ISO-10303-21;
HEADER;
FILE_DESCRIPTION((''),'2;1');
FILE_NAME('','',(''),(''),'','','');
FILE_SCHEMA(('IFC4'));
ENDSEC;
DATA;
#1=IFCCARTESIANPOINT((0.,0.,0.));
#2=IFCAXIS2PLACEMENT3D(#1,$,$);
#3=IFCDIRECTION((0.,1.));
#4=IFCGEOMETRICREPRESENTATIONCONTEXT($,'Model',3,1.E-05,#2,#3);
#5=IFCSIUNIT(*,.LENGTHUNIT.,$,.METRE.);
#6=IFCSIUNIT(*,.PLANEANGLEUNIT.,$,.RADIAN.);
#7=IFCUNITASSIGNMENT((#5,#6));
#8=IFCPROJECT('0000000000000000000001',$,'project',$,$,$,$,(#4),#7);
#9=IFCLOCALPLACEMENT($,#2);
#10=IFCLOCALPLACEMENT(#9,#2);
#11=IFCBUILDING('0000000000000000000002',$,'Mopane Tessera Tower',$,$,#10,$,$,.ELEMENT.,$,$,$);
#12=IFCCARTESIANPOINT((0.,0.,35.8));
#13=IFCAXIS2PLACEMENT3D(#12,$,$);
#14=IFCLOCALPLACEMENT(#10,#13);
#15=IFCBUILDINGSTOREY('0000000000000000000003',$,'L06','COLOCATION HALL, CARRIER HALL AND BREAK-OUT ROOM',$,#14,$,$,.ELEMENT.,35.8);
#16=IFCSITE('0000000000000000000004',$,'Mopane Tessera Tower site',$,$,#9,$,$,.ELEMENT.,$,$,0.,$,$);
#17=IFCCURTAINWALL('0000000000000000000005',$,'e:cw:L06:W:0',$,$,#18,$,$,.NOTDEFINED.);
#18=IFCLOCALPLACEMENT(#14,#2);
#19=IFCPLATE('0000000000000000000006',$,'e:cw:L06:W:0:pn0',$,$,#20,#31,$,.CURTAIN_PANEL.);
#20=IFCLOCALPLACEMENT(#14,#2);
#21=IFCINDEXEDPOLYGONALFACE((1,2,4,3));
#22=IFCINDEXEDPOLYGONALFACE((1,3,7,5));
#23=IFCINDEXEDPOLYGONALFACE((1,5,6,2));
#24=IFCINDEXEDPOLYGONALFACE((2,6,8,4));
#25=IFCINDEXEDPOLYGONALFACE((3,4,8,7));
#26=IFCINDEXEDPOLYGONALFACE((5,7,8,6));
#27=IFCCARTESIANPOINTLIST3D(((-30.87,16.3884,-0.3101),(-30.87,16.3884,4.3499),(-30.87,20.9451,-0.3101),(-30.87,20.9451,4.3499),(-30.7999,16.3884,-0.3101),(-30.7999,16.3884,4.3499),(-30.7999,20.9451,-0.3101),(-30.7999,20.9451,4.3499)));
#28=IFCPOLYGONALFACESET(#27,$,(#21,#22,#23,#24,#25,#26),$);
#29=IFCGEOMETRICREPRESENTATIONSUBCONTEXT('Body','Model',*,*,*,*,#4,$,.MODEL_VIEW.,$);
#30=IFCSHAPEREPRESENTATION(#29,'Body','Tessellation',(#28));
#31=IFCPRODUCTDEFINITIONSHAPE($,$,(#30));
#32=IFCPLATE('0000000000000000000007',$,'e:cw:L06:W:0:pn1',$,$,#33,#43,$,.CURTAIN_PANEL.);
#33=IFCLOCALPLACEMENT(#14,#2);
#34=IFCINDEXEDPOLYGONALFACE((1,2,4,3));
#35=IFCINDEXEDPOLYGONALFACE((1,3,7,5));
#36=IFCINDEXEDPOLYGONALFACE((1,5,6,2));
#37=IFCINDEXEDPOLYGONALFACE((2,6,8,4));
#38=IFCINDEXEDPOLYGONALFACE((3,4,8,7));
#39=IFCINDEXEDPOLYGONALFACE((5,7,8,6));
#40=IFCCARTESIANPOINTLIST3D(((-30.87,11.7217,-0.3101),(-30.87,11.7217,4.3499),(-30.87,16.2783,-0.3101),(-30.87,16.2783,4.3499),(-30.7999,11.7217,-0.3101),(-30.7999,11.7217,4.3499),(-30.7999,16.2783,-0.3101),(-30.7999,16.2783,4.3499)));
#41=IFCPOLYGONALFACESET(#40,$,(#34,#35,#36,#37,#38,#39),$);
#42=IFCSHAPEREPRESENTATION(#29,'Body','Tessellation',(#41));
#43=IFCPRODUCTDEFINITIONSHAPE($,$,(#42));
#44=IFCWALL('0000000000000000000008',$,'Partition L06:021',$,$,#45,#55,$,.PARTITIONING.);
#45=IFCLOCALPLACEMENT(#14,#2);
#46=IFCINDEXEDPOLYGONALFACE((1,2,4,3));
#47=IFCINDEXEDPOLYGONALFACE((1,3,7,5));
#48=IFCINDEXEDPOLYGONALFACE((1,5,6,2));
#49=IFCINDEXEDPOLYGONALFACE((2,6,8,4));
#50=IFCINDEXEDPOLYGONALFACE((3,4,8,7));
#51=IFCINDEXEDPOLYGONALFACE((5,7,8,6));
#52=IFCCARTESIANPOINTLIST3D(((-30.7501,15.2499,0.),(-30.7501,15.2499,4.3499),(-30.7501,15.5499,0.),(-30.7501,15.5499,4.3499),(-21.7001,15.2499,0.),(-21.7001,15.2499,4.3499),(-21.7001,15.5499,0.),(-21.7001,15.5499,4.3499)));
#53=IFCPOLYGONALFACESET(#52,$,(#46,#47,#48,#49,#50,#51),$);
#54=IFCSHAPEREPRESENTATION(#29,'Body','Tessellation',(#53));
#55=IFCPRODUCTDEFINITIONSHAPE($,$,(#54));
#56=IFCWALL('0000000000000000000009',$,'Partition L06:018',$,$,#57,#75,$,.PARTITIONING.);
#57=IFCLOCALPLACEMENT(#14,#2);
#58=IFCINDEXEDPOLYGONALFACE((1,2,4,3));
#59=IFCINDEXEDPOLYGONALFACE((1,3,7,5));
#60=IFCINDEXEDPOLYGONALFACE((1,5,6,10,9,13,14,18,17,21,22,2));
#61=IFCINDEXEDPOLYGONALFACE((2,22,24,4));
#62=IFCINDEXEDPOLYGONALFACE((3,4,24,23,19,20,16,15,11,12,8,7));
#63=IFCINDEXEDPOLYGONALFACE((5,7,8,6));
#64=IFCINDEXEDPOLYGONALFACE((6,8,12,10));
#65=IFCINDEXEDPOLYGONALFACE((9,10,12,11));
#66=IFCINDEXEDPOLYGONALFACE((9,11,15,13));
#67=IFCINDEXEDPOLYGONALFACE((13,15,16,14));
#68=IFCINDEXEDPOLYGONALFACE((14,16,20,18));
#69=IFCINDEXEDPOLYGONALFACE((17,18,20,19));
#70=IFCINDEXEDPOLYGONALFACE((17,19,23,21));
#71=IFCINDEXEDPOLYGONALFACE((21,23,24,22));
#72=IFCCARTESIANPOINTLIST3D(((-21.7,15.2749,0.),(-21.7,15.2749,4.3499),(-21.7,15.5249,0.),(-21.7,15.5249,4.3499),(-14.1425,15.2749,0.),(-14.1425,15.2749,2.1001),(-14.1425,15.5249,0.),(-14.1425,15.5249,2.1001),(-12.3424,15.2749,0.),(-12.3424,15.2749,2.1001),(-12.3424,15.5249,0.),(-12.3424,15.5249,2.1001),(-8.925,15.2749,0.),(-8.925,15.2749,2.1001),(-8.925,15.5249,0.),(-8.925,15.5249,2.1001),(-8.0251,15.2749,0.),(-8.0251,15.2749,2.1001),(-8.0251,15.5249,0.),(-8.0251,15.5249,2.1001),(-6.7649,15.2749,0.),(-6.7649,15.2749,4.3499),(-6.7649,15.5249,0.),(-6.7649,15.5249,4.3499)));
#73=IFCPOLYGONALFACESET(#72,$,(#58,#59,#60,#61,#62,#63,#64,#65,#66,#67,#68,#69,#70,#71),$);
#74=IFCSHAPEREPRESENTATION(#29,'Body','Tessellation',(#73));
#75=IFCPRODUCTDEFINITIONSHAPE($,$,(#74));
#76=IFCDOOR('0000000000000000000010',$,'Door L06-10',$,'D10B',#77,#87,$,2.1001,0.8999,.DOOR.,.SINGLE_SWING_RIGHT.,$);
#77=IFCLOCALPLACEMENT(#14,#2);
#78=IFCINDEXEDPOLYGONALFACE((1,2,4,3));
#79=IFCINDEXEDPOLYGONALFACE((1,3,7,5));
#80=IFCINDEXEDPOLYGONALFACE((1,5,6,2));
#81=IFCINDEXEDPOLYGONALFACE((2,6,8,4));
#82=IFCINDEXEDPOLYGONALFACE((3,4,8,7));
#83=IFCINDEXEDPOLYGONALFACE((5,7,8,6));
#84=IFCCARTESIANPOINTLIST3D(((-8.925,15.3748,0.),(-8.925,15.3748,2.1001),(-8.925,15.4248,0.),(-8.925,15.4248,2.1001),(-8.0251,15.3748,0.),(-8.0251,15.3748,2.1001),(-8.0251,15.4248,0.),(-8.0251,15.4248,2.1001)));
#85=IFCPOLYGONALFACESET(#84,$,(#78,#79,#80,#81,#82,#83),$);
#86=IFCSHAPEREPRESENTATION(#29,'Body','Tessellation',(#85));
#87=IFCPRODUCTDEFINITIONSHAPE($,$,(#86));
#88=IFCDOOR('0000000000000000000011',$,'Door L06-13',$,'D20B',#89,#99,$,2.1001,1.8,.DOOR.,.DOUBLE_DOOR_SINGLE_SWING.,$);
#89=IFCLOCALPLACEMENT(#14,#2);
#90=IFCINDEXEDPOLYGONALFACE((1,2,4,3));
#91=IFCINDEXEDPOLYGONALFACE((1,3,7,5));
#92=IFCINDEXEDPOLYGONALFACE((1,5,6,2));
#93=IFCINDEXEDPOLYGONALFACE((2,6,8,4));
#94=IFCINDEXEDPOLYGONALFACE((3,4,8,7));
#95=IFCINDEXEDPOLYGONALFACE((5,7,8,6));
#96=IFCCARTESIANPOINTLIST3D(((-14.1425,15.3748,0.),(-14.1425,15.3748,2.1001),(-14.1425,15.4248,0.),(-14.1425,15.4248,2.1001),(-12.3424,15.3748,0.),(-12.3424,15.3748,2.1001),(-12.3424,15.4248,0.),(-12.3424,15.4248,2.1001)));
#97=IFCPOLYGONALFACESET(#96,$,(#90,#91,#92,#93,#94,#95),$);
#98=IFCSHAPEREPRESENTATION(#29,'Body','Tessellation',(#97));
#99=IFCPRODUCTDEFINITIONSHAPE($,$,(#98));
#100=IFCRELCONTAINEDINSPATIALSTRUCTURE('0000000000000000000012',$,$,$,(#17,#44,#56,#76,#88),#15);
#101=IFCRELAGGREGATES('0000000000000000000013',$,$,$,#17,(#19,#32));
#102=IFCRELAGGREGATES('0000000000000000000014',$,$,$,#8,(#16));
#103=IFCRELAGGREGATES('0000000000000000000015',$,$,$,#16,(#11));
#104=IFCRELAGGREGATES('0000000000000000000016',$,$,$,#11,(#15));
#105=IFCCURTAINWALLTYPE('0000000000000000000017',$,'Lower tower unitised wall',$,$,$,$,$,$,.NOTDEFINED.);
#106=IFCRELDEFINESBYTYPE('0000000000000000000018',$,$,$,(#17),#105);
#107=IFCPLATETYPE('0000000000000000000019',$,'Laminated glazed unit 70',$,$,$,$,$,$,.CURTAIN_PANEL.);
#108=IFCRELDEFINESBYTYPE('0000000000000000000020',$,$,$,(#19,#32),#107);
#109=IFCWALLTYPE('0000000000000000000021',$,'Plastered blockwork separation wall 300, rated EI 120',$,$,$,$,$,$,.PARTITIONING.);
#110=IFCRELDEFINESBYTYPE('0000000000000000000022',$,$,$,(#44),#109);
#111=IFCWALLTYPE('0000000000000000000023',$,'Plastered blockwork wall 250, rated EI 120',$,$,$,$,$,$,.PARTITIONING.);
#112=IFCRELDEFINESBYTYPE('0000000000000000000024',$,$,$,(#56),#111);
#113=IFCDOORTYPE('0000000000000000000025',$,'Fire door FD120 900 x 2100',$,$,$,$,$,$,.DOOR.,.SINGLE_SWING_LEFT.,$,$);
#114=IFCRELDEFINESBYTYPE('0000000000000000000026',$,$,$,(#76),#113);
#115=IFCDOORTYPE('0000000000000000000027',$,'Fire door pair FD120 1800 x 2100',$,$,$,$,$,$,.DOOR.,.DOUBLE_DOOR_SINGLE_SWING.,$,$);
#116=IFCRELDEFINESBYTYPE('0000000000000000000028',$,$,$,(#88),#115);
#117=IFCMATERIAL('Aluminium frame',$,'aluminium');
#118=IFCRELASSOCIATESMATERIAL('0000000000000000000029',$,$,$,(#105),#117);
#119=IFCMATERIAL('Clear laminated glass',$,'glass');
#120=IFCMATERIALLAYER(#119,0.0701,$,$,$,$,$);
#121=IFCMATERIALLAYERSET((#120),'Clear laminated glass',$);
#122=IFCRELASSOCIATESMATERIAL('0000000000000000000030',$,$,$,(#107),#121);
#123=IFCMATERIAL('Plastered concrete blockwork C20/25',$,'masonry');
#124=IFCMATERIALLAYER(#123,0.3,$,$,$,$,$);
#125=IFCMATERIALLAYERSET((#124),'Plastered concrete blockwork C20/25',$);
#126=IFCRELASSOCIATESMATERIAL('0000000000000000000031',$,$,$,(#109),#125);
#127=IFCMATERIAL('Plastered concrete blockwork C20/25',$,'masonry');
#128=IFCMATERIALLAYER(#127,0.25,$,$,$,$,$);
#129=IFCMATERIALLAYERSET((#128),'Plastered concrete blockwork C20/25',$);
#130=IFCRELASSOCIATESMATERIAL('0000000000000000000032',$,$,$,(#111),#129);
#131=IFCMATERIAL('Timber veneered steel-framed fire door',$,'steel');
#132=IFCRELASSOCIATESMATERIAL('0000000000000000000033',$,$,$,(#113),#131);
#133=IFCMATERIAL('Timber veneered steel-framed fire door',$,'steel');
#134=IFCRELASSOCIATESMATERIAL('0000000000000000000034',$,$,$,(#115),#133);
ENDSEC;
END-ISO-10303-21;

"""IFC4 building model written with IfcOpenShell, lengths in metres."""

from ifc_helpers import new_model, si_unit, direction, frame, frame_2d, origin, origin_2d, place, context, subcontext, project, spatial, rectangle, extrude, material, layer, layer_set, type_object, element, fill, aggregate, save


model = new_model("IFC4")

# Units and contexts
model_context = context("Model", 3, precision=1e-05, world=origin(), true_north=direction((0.0, 1.0)))
body_context = subcontext(model_context, "Body", "Model", "MODEL_VIEW")
ifc_project = project(units=[si_unit("LENGTHUNIT", "METRE"), si_unit("PLANEANGLEUNIT", "RADIAN")], contexts=[model_context])

# Site, building, storey
site_placement = place(None, origin())
site = spatial("IfcSite", under=ifc_project, at=site_placement, Name="Mopane Tessera Tower site", CompositionType="ELEMENT", RefElevation=0.0)
building_placement = place(site_placement, origin())
building = spatial("IfcBuilding", under=site, at=building_placement, Name="Mopane Tessera Tower", CompositionType="ELEMENT")
storey_placement = place(building_placement, frame((0.0, 0.0, 35.8)))
storey = spatial("IfcBuildingStorey", under=building, at=storey_placement, Name="L06", Description="COLOCATION HALL, CARRIER HALL AND BREAK-OUT ROOM", CompositionType="ELEMENT", Elevation=35.8)

# Curtain wall
ifc_material_1 = material(Name="Aluminium frame", Category="aluminium")
curtain_wall_type = type_object("IfcCurtainWallType", Name="Lower tower unitised wall", PredefinedType="NOTDEFINED", material=ifc_material_1)
curtain_wall_1_placement = place(storey_placement, origin())
curtain_wall_1 = element("IfcCurtainWall", 1, at=curtain_wall_1_placement, inside=storey, type_object=curtain_wall_type, Name="e:cw:L06:W:0", PredefinedType="NOTDEFINED")

# Plates
ifc_material_2 = material(Name="Clear laminated glass", Category="glass")
ifc_layer_1 = layer(ifc_material_2, 0.0701)
ifc_layer_set_1 = layer_set([ifc_layer_1], Name="Clear laminated glass")
plate_type = type_object("IfcPlateType", Name="Laminated glazed unit 70", PredefinedType="CURTAIN_PANEL", material=ifc_layer_set_1)
plate_1_placement = place(storey_placement, frame((-30.835, 18.6667, -0.3101), z_axis=(0.0, 0.0, 1.0), x_axis=(0.0, -1.0, 0.0)))
plate_1 = element("IfcPlate", 2, at=plate_1_placement, type_object=plate_type, Name="e:cw:L06:W:0:pn0", PredefinedType="CURTAIN_PANEL", context=body_context, shape_type="SweptSolid", body=[
    extrude(rectangle(XDim=4.5566, YDim=0.0701, at=origin_2d()), origin(), (0.0, 0.0, 1.0), 4.6599),
])
plate_2_placement = place(storey_placement, frame((-30.835, 14.0, -0.3101), z_axis=(0.0, 0.0, 1.0), x_axis=(0.0, -1.0, 0.0)))
plate_2 = element("IfcPlate", 3, at=plate_2_placement, type_object=plate_type, Name="e:cw:L06:W:0:pn1", PredefinedType="CURTAIN_PANEL", context=body_context, shape_type="SweptSolid", body=[
    extrude(rectangle(XDim=4.5566, YDim=0.0701, at=origin_2d()), origin(), (0.0, 0.0, 1.0), 4.6599),
])
aggregate(curtain_wall_1, [plate_1, plate_2])

# Wall
ifc_material_3 = material(Name="Plastered concrete blockwork C20/25", Category="masonry")
ifc_layer_2 = layer(ifc_material_3, 0.3)
ifc_layer_set_2 = layer_set([ifc_layer_2], Name="Plastered concrete blockwork C20/25")
wall_type_1 = type_object("IfcWallType", Name="Plastered blockwork separation wall 300, rated EI 120", PredefinedType="PARTITIONING", material=ifc_layer_set_2)
wall_1_placement = place(storey_placement, frame((-30.75, 15.3999, 0.0), z_axis=(0.0, 0.0, 1.0), x_axis=(1.0, 0.0, 0.0)))
element("IfcWall", 4, at=wall_1_placement, inside=storey, type_object=wall_type_1, Name="Partition L06:021", PredefinedType="PARTITIONING", context=body_context, shape_type="SweptSolid", body=[
    extrude(rectangle(XDim=9.05, YDim=0.3, at=frame_2d((4.5249, 0.0))), origin(), (0.0, 0.0, 1.0), 4.3499),
])

# Wall, openings, doors
ifc_material_4 = material(Name="Plastered concrete blockwork C20/25", Category="masonry")
ifc_layer_3 = layer(ifc_material_4, 0.25)
ifc_layer_set_3 = layer_set([ifc_layer_3], Name="Plastered concrete blockwork C20/25")
wall_type_2 = type_object("IfcWallType", Name="Plastered blockwork wall 250, rated EI 120", PredefinedType="PARTITIONING", material=ifc_layer_set_3)
wall_2_placement = place(storey_placement, frame((-21.7, 15.3999, 0.0), z_axis=(0.0, 0.0, 1.0), x_axis=(1.0, 0.0, 0.0)))
wall_2 = element("IfcWall", 5, at=wall_2_placement, inside=storey, type_object=wall_type_2, Name="Partition L06:018", PredefinedType="PARTITIONING", context=body_context, shape_type="SweptSolid", body=[
    extrude(rectangle(XDim=14.9351, YDim=0.25, at=frame_2d((7.4675, 0.0))), origin(), (0.0, 0.0, 1.0), 4.3499),
])
opening_1_placement = place(wall_2_placement, frame((12.7749, 0.0, 0.0)))
opening_1 = element("IfcOpeningElement", 6, at=opening_1_placement, cuts=wall_2, PredefinedType="OPENING", context=body_context, shape_type="SweptSolid", body=[
    extrude(rectangle(XDim=0.8999, YDim=2.1001, at=frame_2d((0.45, 1.05))), frame((0.0, 0.137, 0.0), z_axis=(0.0, -1.0, 0.0), x_axis=(1.0, 0.0, 0.0)), (0.0, 0.0, 1.0), 0.2739),
])
opening_2_placement = place(wall_2_placement, frame((7.5576, 0.0, 0.0)))
opening_2 = element("IfcOpeningElement", 7, at=opening_2_placement, cuts=wall_2, PredefinedType="OPENING", context=body_context, shape_type="SweptSolid", body=[
    extrude(rectangle(XDim=1.8, YDim=2.1001, at=frame_2d((0.8999, 1.05))), frame((0.0, 0.137, 0.0), z_axis=(0.0, -1.0, 0.0), x_axis=(1.0, 0.0, 0.0)), (0.0, 0.0, 1.0), 0.2739),
])
ifc_material_5 = material(Name="Timber veneered steel-framed fire door", Category="steel")
door_type_1 = type_object("IfcDoorType", Name="Fire door FD120 900 x 2100", OperationType="SINGLE_SWING_LEFT", PredefinedType="DOOR", material=ifc_material_5)
door_1_placement = place(opening_1_placement, origin())
door_1 = element("IfcDoor", 8, at=door_1_placement, inside=storey, type_object=door_type_1, Name="Door L06-10", ObjectType="D10B", OperationType="SINGLE_SWING_RIGHT", OverallHeight=2.1001, OverallWidth=0.8999, PredefinedType="DOOR", context=body_context, shape_type="SweptSolid", body=[
    extrude(rectangle(XDim=0.8999, YDim=2.1001, at=frame_2d((0.45, 1.05))), frame((0.0, 0.0249, 0.0), z_axis=(0.0, -1.0, 0.0), x_axis=(1.0, 0.0, 0.0)), (0.0, 0.0, 1.0), 0.05),
])
fill(opening_1, door_1)
ifc_material_6 = material(Name="Timber veneered steel-framed fire door", Category="steel")
door_type_2 = type_object("IfcDoorType", Name="Fire door pair FD120 1800 x 2100", OperationType="DOUBLE_DOOR_SINGLE_SWING", PredefinedType="DOOR", material=ifc_material_6)
door_2_placement = place(opening_2_placement, origin())
door_2 = element("IfcDoor", 9, at=door_2_placement, inside=storey, type_object=door_type_2, Name="Door L06-13", ObjectType="D20B", OperationType="DOUBLE_DOOR_SINGLE_SWING", OverallHeight=2.1001, OverallWidth=1.8, PredefinedType="DOOR", context=body_context, shape_type="SweptSolid", body=[
    extrude(rectangle(XDim=1.8, YDim=2.1001, at=frame_2d((0.8999, 1.05))), frame((0.0, 0.0249, 0.0), z_axis=(0.0, -1.0, 0.0), x_axis=(1.0, 0.0, 0.0)), (0.0, 0.0, 1.0), 0.05),
])
fill(opening_2, door_2)

save(model, "model.ifc")
